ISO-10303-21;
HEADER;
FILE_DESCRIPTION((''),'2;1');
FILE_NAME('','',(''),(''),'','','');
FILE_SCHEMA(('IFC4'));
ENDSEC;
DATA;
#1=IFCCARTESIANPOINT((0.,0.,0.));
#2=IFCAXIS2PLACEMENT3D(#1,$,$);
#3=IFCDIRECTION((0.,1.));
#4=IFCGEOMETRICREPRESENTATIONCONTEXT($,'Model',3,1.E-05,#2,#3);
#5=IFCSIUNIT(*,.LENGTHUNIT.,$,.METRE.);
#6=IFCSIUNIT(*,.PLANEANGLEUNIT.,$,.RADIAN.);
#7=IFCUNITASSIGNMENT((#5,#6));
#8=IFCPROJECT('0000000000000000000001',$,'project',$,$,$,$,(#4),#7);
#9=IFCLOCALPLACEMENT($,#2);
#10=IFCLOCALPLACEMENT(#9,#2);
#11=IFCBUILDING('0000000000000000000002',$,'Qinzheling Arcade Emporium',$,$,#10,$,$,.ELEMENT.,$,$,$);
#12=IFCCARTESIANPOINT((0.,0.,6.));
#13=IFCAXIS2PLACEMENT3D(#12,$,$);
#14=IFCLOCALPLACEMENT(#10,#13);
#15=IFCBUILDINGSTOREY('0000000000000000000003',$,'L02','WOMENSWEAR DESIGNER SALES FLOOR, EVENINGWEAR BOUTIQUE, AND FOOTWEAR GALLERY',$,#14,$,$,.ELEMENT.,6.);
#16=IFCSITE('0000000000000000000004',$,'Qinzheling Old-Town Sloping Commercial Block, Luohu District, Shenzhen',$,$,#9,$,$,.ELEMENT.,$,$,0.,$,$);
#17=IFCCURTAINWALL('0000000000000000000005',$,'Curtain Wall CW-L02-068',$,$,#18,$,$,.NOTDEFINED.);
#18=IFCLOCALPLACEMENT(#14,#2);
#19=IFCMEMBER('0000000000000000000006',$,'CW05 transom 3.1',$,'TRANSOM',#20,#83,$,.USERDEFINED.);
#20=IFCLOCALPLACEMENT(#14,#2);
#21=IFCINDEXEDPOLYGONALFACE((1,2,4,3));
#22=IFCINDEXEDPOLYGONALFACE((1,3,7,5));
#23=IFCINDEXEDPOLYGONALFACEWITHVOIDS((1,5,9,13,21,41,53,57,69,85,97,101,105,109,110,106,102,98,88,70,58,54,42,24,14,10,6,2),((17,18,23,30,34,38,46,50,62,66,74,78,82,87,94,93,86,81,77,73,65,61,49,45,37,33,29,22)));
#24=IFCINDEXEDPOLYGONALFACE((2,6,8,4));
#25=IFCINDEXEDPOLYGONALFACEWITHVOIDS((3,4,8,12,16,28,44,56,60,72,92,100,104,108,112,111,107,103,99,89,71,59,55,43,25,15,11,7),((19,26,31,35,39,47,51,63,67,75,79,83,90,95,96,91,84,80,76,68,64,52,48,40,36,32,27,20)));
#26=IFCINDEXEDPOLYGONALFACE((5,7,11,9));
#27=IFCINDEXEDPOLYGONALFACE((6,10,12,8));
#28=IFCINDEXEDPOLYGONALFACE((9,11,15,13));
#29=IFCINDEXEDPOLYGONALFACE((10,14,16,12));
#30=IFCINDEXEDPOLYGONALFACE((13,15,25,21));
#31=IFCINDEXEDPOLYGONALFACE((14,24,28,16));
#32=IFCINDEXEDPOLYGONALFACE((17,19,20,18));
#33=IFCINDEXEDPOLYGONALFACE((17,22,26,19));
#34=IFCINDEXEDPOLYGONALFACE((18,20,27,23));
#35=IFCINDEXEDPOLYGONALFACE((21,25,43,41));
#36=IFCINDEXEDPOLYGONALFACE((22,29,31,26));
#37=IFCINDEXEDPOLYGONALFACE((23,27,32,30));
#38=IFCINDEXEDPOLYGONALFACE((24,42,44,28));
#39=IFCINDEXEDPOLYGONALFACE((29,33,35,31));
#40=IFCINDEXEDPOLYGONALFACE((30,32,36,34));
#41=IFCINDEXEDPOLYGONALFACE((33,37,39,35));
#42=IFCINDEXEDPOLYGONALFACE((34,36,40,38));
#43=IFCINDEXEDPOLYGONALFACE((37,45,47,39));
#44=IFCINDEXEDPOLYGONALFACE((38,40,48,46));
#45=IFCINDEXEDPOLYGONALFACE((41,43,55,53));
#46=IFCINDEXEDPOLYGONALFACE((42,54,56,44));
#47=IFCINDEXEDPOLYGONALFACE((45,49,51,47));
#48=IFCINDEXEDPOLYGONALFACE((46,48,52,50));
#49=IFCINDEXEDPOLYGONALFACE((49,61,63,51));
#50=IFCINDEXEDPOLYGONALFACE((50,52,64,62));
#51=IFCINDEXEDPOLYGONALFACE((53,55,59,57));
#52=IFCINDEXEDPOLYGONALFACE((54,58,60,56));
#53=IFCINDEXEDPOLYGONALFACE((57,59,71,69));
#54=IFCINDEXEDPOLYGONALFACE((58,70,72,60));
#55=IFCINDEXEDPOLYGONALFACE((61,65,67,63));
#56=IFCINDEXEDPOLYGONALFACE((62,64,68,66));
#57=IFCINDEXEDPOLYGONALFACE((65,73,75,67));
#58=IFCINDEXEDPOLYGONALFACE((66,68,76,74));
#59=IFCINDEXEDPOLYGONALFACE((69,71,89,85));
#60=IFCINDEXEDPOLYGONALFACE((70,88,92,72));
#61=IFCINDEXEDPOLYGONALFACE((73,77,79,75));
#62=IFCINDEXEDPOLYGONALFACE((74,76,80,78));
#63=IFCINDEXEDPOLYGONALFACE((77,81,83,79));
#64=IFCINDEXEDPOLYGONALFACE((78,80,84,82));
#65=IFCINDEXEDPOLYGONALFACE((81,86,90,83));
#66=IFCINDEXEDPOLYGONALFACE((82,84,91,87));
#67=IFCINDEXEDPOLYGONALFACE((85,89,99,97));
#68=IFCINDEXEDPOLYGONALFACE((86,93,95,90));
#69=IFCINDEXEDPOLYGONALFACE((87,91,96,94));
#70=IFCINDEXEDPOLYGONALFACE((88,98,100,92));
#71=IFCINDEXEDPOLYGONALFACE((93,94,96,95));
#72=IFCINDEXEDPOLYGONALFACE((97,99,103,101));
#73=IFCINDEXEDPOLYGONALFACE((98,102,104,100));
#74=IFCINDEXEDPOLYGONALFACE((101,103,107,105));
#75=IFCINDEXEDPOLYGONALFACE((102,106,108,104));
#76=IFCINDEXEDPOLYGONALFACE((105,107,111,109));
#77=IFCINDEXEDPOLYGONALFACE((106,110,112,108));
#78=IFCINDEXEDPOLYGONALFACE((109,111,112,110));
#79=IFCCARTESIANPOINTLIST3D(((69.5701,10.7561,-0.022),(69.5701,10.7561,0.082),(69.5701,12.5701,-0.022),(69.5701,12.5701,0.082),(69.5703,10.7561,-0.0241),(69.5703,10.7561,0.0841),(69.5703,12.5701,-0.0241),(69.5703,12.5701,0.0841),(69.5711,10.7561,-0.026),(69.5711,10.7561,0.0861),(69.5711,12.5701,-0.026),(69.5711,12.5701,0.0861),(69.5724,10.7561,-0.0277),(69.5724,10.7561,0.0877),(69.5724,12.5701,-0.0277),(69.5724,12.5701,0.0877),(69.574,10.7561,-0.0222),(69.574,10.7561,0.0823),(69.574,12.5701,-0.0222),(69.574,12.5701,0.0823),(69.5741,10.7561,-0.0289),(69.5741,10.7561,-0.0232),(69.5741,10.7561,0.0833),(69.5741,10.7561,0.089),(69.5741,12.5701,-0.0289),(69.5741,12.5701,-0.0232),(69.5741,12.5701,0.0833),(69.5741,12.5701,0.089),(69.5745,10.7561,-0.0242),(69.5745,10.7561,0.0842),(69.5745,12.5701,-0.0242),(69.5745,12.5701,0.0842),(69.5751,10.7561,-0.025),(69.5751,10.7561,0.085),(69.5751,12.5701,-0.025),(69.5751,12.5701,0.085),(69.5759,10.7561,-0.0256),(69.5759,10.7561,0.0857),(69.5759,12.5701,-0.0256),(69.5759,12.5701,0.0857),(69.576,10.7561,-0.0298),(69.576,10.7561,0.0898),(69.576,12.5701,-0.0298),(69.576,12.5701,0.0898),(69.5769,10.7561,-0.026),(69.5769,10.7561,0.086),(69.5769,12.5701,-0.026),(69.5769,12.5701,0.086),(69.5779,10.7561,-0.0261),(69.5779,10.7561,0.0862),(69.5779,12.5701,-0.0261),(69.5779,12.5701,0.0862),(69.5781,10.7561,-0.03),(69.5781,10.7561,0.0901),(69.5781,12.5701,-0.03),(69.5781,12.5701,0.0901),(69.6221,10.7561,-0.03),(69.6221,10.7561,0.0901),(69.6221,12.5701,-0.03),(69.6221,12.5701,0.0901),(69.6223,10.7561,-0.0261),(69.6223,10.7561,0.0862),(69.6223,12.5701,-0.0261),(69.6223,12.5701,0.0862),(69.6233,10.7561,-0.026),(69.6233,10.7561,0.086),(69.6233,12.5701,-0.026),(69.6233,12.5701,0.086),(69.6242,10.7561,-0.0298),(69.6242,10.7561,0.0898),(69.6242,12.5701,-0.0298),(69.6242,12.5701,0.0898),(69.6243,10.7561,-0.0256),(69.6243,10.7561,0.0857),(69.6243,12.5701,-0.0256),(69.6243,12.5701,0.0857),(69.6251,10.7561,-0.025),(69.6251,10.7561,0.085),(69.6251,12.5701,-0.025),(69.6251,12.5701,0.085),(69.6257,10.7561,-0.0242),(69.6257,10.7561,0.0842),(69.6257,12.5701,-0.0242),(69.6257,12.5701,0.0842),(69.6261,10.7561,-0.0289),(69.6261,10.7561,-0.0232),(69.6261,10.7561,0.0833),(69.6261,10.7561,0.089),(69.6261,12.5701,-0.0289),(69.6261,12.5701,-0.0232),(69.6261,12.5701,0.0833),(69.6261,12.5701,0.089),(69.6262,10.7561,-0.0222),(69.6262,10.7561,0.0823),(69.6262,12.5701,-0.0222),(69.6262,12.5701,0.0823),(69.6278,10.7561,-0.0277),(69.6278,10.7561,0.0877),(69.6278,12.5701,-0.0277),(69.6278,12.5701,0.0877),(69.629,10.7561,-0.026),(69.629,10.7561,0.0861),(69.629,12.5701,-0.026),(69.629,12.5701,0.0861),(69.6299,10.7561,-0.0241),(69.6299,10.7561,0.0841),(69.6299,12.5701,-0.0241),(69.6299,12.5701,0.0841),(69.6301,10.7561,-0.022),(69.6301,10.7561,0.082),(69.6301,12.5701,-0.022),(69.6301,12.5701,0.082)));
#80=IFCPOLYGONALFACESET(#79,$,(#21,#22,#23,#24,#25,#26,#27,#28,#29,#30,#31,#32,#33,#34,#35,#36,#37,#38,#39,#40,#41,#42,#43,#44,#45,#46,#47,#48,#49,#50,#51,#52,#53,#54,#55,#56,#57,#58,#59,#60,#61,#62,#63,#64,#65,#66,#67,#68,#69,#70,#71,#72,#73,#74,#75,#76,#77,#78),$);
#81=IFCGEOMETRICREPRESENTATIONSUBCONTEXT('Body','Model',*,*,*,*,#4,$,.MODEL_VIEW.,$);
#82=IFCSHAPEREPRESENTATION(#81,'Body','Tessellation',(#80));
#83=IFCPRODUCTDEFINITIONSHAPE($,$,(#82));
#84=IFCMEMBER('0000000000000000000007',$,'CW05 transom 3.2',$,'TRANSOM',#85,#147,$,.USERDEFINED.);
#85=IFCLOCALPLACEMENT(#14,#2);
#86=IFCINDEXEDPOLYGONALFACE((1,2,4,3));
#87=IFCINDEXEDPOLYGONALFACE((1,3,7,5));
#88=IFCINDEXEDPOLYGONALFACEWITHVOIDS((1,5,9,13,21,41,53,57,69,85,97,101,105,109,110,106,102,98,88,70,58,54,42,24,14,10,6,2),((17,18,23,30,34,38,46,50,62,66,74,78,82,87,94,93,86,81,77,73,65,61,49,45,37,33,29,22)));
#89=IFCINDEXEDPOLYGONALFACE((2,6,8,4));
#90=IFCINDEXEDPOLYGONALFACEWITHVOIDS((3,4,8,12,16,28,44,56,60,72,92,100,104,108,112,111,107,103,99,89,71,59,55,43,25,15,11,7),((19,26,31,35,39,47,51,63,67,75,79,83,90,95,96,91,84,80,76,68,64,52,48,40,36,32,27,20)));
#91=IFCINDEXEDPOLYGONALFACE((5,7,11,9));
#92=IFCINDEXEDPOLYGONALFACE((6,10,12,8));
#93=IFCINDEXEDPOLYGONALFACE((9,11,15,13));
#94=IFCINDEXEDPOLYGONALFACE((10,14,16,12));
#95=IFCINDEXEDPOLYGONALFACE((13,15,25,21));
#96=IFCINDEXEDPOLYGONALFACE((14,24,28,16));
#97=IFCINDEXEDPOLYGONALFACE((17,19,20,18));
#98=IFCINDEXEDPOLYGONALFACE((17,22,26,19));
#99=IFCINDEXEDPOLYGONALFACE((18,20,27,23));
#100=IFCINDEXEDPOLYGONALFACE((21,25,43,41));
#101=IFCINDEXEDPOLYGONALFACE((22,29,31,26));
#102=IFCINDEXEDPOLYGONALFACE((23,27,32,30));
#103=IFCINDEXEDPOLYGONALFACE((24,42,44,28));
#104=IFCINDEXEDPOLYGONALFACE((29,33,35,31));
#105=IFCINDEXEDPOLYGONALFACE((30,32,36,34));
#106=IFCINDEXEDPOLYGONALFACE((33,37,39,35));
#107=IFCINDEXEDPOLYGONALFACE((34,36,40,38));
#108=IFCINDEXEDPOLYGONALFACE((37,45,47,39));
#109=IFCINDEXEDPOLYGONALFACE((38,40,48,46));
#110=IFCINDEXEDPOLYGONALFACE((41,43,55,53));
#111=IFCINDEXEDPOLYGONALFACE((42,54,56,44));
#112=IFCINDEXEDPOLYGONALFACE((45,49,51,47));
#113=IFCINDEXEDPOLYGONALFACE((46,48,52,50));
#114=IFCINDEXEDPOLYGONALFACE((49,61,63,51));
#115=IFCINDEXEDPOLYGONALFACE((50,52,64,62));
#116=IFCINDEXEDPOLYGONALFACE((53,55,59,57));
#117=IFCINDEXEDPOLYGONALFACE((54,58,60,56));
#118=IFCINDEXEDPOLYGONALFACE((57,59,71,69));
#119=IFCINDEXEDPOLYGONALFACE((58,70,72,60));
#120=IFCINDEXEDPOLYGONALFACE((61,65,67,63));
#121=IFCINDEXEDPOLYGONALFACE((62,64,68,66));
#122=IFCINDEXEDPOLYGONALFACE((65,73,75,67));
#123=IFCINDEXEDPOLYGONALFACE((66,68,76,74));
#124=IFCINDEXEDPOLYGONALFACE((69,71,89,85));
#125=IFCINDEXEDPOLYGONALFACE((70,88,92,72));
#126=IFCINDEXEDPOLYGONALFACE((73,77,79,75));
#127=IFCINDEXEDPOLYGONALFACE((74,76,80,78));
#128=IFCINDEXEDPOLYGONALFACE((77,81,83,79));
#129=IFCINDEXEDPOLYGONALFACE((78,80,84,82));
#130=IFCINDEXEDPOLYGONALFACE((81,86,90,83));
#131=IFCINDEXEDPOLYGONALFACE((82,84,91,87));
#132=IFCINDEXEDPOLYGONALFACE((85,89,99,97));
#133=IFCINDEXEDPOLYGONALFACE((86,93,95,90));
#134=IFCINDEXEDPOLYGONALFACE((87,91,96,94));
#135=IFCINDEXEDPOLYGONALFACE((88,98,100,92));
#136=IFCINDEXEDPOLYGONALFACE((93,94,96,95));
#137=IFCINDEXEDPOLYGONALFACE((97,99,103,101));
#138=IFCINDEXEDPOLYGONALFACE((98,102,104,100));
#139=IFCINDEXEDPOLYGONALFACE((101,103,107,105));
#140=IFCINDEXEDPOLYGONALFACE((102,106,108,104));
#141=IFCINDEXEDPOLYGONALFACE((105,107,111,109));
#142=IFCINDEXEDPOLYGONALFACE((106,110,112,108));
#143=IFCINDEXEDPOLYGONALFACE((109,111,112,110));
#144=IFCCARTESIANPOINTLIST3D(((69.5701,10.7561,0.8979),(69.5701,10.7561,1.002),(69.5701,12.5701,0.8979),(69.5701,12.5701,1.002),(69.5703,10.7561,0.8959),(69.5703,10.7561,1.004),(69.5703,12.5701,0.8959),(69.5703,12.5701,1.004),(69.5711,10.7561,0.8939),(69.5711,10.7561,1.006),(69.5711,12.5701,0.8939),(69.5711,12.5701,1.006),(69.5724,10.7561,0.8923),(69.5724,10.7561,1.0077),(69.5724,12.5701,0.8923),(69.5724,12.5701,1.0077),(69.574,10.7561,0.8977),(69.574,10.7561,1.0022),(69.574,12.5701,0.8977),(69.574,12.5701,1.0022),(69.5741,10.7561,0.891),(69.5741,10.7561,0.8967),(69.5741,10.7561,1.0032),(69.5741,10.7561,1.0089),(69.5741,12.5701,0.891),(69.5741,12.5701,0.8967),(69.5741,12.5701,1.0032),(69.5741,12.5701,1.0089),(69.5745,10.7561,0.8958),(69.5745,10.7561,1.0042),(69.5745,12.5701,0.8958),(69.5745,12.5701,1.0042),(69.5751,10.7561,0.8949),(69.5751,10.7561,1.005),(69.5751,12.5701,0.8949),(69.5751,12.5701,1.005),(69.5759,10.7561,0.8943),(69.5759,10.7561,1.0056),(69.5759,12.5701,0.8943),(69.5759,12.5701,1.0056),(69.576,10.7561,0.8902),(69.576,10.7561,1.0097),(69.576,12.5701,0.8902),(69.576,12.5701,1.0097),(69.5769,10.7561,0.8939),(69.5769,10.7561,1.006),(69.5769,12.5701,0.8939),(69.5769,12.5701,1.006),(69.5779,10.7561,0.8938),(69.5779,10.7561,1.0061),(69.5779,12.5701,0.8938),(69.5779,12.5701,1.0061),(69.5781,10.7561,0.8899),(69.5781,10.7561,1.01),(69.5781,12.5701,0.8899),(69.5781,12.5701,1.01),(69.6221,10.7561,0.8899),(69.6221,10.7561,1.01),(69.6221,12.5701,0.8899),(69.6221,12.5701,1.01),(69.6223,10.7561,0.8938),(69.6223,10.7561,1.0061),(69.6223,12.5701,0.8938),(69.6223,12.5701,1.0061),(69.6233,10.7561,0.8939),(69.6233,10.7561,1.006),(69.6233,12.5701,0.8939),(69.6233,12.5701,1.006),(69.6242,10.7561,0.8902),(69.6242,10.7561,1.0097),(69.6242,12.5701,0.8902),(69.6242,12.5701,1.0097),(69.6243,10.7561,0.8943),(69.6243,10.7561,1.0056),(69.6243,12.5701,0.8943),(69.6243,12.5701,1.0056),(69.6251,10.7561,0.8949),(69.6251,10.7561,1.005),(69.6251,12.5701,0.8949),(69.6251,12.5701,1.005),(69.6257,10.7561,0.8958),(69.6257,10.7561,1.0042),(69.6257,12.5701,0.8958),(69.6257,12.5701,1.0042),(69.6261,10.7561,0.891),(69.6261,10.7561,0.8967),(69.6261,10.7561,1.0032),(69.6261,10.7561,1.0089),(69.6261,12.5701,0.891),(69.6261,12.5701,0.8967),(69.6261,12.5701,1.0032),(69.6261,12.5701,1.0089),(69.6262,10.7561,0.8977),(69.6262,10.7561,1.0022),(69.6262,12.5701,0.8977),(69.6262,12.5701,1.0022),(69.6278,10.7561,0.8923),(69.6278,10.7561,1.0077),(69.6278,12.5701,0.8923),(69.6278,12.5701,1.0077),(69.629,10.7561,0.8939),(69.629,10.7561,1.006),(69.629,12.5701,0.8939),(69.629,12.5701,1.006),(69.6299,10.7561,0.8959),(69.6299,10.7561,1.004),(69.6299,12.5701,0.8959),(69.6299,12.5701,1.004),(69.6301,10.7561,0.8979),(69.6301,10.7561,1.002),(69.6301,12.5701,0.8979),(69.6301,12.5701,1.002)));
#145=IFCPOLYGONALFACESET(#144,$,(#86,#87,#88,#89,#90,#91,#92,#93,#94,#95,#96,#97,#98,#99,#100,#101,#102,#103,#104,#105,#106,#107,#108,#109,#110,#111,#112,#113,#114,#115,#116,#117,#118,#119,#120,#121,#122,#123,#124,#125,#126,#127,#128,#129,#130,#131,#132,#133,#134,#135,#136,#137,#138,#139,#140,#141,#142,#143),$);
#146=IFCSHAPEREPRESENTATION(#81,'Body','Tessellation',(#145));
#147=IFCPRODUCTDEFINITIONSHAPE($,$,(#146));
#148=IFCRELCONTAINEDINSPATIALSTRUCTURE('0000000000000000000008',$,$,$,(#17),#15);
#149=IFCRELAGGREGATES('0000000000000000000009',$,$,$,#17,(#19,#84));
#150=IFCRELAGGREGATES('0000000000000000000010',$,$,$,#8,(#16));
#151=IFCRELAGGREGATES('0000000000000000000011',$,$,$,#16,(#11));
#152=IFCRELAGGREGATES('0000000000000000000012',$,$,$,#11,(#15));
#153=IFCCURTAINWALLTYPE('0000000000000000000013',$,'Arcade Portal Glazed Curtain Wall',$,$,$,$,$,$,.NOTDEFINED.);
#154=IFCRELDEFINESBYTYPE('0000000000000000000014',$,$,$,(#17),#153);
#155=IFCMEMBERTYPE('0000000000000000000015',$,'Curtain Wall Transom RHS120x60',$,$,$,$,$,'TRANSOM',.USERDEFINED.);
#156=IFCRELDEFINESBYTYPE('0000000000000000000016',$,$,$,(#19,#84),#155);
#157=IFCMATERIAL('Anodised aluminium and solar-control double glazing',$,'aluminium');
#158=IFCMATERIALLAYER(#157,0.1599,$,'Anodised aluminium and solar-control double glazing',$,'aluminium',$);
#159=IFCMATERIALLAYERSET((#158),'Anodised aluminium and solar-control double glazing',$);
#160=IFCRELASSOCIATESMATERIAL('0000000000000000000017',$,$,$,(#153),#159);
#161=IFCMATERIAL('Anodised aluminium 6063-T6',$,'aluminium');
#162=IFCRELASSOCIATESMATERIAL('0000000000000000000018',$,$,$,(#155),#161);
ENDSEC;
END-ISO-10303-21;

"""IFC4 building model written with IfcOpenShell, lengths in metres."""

from ifc_helpers import new_model, si_unit, direction, frame, origin, origin_2d, place, context, subcontext, project, spatial, hollow_rectangle, extrude, material, layer, layer_set, material_profile, profile_set, type_object, element, aggregate, save


model = new_model("IFC4")

# Units and contexts
model_context = context("Model", 3, precision=1e-05, world=origin(), true_north=direction((0.0, 1.0)))
body_context = subcontext(model_context, "Body", "Model", "MODEL_VIEW")
ifc_project = project(units=[si_unit("LENGTHUNIT", "METRE"), si_unit("PLANEANGLEUNIT", "RADIAN")], contexts=[model_context])

# Site, building, storey
site_placement = place(None, origin())
site = spatial("IfcSite", under=ifc_project, at=site_placement, Name="Qinzheling Old-Town Sloping Commercial Block, Luohu District, Shenzhen", CompositionType="ELEMENT", RefElevation=0.0)
building_placement = place(site_placement, origin())
building = spatial("IfcBuilding", under=site, at=building_placement, Name="Qinzheling Arcade Emporium", CompositionType="ELEMENT")
storey_placement = place(building_placement, frame((0.0, 0.0, 6.0)))
storey = spatial("IfcBuildingStorey", under=building, at=storey_placement, Name="L02", Description="WOMENSWEAR DESIGNER SALES FLOOR, EVENINGWEAR BOUTIQUE, AND FOOTWEAR GALLERY", CompositionType="ELEMENT", Elevation=6.0)

# Curtain wall, members
ifc_material_1 = material(Name="Anodised aluminium and solar-control double glazing", Category="aluminium")
ifc_layer_1 = layer(ifc_material_1, 0.1599, Name="Anodised aluminium and solar-control double glazing", Category="aluminium")
ifc_layer_set_1 = layer_set([ifc_layer_1], Name="Anodised aluminium and solar-control double glazing")
curtain_wall_type = type_object("IfcCurtainWallType", Name="Arcade Portal Glazed Curtain Wall", PredefinedType="NOTDEFINED", material=ifc_layer_set_1)
curtain_wall_placement = place(storey_placement, origin())
curtain_wall = element("IfcCurtainWall", 1, at=curtain_wall_placement, inside=storey, type_object=curtain_wall_type, Name="Curtain Wall CW-L02-068", PredefinedType="NOTDEFINED")
ifc_material_2 = material(Name="Anodised aluminium 6063-T6", Category="aluminium")
ifc_material_profile_1 = material_profile(ifc_material_2, hollow_rectangle(XDim=0.0601, YDim=0.1201, WallThickness=0.0039, InnerFilletRadius=0.0039, OuterFilletRadius=0.0081, at=origin_2d()), Name="RHS 120x60x4", Category="aluminium")
ifc_profile_set_1 = profile_set([ifc_material_profile_1], Name="Anodised aluminium 6063-T6")
member_type_1 = type_object("IfcMemberType", Name="Curtain Wall Transom RHS120x60", ElementType="TRANSOM", PredefinedType="USERDEFINED", material=ifc_profile_set_1)
member_1_placement = place(storey_placement, frame((69.6001, 12.5701, 0.03), z_axis=(0.0, -1.0, 0.0), x_axis=(1.0, 0.0, 0.0)))
member_1 = element("IfcMember", 2, at=member_1_placement, type_object=member_type_1, Name="CW05 transom 3.1", ObjectType="TRANSOM", PredefinedType="USERDEFINED", context=body_context, shape_type="SweptSolid", body=[
    extrude(hollow_rectangle(XDim=0.0601, YDim=0.1201, WallThickness=0.0039, InnerFilletRadius=0.0039, OuterFilletRadius=0.0081, at=origin_2d()), origin(), (0.0, 0.0, 1.0), 1.814),
])
member_2_placement = place(storey_placement, frame((69.6001, 12.5701, 0.95), z_axis=(0.0, -1.0, 0.0), x_axis=(1.0, 0.0, 0.0)))
member_2 = element("IfcMember", 3, at=member_2_placement, type_object=member_type_1, Name="CW05 transom 3.2", ObjectType="TRANSOM", PredefinedType="USERDEFINED", context=body_context, shape_type="SweptSolid", body=[
    extrude(hollow_rectangle(XDim=0.0601, YDim=0.1201, WallThickness=0.0039, InnerFilletRadius=0.0039, OuterFilletRadius=0.0081, at=origin_2d()), origin(), (0.0, 0.0, 1.0), 1.814),
])
aggregate(curtain_wall, [member_1, member_2])

save(model, "model.ifc")
